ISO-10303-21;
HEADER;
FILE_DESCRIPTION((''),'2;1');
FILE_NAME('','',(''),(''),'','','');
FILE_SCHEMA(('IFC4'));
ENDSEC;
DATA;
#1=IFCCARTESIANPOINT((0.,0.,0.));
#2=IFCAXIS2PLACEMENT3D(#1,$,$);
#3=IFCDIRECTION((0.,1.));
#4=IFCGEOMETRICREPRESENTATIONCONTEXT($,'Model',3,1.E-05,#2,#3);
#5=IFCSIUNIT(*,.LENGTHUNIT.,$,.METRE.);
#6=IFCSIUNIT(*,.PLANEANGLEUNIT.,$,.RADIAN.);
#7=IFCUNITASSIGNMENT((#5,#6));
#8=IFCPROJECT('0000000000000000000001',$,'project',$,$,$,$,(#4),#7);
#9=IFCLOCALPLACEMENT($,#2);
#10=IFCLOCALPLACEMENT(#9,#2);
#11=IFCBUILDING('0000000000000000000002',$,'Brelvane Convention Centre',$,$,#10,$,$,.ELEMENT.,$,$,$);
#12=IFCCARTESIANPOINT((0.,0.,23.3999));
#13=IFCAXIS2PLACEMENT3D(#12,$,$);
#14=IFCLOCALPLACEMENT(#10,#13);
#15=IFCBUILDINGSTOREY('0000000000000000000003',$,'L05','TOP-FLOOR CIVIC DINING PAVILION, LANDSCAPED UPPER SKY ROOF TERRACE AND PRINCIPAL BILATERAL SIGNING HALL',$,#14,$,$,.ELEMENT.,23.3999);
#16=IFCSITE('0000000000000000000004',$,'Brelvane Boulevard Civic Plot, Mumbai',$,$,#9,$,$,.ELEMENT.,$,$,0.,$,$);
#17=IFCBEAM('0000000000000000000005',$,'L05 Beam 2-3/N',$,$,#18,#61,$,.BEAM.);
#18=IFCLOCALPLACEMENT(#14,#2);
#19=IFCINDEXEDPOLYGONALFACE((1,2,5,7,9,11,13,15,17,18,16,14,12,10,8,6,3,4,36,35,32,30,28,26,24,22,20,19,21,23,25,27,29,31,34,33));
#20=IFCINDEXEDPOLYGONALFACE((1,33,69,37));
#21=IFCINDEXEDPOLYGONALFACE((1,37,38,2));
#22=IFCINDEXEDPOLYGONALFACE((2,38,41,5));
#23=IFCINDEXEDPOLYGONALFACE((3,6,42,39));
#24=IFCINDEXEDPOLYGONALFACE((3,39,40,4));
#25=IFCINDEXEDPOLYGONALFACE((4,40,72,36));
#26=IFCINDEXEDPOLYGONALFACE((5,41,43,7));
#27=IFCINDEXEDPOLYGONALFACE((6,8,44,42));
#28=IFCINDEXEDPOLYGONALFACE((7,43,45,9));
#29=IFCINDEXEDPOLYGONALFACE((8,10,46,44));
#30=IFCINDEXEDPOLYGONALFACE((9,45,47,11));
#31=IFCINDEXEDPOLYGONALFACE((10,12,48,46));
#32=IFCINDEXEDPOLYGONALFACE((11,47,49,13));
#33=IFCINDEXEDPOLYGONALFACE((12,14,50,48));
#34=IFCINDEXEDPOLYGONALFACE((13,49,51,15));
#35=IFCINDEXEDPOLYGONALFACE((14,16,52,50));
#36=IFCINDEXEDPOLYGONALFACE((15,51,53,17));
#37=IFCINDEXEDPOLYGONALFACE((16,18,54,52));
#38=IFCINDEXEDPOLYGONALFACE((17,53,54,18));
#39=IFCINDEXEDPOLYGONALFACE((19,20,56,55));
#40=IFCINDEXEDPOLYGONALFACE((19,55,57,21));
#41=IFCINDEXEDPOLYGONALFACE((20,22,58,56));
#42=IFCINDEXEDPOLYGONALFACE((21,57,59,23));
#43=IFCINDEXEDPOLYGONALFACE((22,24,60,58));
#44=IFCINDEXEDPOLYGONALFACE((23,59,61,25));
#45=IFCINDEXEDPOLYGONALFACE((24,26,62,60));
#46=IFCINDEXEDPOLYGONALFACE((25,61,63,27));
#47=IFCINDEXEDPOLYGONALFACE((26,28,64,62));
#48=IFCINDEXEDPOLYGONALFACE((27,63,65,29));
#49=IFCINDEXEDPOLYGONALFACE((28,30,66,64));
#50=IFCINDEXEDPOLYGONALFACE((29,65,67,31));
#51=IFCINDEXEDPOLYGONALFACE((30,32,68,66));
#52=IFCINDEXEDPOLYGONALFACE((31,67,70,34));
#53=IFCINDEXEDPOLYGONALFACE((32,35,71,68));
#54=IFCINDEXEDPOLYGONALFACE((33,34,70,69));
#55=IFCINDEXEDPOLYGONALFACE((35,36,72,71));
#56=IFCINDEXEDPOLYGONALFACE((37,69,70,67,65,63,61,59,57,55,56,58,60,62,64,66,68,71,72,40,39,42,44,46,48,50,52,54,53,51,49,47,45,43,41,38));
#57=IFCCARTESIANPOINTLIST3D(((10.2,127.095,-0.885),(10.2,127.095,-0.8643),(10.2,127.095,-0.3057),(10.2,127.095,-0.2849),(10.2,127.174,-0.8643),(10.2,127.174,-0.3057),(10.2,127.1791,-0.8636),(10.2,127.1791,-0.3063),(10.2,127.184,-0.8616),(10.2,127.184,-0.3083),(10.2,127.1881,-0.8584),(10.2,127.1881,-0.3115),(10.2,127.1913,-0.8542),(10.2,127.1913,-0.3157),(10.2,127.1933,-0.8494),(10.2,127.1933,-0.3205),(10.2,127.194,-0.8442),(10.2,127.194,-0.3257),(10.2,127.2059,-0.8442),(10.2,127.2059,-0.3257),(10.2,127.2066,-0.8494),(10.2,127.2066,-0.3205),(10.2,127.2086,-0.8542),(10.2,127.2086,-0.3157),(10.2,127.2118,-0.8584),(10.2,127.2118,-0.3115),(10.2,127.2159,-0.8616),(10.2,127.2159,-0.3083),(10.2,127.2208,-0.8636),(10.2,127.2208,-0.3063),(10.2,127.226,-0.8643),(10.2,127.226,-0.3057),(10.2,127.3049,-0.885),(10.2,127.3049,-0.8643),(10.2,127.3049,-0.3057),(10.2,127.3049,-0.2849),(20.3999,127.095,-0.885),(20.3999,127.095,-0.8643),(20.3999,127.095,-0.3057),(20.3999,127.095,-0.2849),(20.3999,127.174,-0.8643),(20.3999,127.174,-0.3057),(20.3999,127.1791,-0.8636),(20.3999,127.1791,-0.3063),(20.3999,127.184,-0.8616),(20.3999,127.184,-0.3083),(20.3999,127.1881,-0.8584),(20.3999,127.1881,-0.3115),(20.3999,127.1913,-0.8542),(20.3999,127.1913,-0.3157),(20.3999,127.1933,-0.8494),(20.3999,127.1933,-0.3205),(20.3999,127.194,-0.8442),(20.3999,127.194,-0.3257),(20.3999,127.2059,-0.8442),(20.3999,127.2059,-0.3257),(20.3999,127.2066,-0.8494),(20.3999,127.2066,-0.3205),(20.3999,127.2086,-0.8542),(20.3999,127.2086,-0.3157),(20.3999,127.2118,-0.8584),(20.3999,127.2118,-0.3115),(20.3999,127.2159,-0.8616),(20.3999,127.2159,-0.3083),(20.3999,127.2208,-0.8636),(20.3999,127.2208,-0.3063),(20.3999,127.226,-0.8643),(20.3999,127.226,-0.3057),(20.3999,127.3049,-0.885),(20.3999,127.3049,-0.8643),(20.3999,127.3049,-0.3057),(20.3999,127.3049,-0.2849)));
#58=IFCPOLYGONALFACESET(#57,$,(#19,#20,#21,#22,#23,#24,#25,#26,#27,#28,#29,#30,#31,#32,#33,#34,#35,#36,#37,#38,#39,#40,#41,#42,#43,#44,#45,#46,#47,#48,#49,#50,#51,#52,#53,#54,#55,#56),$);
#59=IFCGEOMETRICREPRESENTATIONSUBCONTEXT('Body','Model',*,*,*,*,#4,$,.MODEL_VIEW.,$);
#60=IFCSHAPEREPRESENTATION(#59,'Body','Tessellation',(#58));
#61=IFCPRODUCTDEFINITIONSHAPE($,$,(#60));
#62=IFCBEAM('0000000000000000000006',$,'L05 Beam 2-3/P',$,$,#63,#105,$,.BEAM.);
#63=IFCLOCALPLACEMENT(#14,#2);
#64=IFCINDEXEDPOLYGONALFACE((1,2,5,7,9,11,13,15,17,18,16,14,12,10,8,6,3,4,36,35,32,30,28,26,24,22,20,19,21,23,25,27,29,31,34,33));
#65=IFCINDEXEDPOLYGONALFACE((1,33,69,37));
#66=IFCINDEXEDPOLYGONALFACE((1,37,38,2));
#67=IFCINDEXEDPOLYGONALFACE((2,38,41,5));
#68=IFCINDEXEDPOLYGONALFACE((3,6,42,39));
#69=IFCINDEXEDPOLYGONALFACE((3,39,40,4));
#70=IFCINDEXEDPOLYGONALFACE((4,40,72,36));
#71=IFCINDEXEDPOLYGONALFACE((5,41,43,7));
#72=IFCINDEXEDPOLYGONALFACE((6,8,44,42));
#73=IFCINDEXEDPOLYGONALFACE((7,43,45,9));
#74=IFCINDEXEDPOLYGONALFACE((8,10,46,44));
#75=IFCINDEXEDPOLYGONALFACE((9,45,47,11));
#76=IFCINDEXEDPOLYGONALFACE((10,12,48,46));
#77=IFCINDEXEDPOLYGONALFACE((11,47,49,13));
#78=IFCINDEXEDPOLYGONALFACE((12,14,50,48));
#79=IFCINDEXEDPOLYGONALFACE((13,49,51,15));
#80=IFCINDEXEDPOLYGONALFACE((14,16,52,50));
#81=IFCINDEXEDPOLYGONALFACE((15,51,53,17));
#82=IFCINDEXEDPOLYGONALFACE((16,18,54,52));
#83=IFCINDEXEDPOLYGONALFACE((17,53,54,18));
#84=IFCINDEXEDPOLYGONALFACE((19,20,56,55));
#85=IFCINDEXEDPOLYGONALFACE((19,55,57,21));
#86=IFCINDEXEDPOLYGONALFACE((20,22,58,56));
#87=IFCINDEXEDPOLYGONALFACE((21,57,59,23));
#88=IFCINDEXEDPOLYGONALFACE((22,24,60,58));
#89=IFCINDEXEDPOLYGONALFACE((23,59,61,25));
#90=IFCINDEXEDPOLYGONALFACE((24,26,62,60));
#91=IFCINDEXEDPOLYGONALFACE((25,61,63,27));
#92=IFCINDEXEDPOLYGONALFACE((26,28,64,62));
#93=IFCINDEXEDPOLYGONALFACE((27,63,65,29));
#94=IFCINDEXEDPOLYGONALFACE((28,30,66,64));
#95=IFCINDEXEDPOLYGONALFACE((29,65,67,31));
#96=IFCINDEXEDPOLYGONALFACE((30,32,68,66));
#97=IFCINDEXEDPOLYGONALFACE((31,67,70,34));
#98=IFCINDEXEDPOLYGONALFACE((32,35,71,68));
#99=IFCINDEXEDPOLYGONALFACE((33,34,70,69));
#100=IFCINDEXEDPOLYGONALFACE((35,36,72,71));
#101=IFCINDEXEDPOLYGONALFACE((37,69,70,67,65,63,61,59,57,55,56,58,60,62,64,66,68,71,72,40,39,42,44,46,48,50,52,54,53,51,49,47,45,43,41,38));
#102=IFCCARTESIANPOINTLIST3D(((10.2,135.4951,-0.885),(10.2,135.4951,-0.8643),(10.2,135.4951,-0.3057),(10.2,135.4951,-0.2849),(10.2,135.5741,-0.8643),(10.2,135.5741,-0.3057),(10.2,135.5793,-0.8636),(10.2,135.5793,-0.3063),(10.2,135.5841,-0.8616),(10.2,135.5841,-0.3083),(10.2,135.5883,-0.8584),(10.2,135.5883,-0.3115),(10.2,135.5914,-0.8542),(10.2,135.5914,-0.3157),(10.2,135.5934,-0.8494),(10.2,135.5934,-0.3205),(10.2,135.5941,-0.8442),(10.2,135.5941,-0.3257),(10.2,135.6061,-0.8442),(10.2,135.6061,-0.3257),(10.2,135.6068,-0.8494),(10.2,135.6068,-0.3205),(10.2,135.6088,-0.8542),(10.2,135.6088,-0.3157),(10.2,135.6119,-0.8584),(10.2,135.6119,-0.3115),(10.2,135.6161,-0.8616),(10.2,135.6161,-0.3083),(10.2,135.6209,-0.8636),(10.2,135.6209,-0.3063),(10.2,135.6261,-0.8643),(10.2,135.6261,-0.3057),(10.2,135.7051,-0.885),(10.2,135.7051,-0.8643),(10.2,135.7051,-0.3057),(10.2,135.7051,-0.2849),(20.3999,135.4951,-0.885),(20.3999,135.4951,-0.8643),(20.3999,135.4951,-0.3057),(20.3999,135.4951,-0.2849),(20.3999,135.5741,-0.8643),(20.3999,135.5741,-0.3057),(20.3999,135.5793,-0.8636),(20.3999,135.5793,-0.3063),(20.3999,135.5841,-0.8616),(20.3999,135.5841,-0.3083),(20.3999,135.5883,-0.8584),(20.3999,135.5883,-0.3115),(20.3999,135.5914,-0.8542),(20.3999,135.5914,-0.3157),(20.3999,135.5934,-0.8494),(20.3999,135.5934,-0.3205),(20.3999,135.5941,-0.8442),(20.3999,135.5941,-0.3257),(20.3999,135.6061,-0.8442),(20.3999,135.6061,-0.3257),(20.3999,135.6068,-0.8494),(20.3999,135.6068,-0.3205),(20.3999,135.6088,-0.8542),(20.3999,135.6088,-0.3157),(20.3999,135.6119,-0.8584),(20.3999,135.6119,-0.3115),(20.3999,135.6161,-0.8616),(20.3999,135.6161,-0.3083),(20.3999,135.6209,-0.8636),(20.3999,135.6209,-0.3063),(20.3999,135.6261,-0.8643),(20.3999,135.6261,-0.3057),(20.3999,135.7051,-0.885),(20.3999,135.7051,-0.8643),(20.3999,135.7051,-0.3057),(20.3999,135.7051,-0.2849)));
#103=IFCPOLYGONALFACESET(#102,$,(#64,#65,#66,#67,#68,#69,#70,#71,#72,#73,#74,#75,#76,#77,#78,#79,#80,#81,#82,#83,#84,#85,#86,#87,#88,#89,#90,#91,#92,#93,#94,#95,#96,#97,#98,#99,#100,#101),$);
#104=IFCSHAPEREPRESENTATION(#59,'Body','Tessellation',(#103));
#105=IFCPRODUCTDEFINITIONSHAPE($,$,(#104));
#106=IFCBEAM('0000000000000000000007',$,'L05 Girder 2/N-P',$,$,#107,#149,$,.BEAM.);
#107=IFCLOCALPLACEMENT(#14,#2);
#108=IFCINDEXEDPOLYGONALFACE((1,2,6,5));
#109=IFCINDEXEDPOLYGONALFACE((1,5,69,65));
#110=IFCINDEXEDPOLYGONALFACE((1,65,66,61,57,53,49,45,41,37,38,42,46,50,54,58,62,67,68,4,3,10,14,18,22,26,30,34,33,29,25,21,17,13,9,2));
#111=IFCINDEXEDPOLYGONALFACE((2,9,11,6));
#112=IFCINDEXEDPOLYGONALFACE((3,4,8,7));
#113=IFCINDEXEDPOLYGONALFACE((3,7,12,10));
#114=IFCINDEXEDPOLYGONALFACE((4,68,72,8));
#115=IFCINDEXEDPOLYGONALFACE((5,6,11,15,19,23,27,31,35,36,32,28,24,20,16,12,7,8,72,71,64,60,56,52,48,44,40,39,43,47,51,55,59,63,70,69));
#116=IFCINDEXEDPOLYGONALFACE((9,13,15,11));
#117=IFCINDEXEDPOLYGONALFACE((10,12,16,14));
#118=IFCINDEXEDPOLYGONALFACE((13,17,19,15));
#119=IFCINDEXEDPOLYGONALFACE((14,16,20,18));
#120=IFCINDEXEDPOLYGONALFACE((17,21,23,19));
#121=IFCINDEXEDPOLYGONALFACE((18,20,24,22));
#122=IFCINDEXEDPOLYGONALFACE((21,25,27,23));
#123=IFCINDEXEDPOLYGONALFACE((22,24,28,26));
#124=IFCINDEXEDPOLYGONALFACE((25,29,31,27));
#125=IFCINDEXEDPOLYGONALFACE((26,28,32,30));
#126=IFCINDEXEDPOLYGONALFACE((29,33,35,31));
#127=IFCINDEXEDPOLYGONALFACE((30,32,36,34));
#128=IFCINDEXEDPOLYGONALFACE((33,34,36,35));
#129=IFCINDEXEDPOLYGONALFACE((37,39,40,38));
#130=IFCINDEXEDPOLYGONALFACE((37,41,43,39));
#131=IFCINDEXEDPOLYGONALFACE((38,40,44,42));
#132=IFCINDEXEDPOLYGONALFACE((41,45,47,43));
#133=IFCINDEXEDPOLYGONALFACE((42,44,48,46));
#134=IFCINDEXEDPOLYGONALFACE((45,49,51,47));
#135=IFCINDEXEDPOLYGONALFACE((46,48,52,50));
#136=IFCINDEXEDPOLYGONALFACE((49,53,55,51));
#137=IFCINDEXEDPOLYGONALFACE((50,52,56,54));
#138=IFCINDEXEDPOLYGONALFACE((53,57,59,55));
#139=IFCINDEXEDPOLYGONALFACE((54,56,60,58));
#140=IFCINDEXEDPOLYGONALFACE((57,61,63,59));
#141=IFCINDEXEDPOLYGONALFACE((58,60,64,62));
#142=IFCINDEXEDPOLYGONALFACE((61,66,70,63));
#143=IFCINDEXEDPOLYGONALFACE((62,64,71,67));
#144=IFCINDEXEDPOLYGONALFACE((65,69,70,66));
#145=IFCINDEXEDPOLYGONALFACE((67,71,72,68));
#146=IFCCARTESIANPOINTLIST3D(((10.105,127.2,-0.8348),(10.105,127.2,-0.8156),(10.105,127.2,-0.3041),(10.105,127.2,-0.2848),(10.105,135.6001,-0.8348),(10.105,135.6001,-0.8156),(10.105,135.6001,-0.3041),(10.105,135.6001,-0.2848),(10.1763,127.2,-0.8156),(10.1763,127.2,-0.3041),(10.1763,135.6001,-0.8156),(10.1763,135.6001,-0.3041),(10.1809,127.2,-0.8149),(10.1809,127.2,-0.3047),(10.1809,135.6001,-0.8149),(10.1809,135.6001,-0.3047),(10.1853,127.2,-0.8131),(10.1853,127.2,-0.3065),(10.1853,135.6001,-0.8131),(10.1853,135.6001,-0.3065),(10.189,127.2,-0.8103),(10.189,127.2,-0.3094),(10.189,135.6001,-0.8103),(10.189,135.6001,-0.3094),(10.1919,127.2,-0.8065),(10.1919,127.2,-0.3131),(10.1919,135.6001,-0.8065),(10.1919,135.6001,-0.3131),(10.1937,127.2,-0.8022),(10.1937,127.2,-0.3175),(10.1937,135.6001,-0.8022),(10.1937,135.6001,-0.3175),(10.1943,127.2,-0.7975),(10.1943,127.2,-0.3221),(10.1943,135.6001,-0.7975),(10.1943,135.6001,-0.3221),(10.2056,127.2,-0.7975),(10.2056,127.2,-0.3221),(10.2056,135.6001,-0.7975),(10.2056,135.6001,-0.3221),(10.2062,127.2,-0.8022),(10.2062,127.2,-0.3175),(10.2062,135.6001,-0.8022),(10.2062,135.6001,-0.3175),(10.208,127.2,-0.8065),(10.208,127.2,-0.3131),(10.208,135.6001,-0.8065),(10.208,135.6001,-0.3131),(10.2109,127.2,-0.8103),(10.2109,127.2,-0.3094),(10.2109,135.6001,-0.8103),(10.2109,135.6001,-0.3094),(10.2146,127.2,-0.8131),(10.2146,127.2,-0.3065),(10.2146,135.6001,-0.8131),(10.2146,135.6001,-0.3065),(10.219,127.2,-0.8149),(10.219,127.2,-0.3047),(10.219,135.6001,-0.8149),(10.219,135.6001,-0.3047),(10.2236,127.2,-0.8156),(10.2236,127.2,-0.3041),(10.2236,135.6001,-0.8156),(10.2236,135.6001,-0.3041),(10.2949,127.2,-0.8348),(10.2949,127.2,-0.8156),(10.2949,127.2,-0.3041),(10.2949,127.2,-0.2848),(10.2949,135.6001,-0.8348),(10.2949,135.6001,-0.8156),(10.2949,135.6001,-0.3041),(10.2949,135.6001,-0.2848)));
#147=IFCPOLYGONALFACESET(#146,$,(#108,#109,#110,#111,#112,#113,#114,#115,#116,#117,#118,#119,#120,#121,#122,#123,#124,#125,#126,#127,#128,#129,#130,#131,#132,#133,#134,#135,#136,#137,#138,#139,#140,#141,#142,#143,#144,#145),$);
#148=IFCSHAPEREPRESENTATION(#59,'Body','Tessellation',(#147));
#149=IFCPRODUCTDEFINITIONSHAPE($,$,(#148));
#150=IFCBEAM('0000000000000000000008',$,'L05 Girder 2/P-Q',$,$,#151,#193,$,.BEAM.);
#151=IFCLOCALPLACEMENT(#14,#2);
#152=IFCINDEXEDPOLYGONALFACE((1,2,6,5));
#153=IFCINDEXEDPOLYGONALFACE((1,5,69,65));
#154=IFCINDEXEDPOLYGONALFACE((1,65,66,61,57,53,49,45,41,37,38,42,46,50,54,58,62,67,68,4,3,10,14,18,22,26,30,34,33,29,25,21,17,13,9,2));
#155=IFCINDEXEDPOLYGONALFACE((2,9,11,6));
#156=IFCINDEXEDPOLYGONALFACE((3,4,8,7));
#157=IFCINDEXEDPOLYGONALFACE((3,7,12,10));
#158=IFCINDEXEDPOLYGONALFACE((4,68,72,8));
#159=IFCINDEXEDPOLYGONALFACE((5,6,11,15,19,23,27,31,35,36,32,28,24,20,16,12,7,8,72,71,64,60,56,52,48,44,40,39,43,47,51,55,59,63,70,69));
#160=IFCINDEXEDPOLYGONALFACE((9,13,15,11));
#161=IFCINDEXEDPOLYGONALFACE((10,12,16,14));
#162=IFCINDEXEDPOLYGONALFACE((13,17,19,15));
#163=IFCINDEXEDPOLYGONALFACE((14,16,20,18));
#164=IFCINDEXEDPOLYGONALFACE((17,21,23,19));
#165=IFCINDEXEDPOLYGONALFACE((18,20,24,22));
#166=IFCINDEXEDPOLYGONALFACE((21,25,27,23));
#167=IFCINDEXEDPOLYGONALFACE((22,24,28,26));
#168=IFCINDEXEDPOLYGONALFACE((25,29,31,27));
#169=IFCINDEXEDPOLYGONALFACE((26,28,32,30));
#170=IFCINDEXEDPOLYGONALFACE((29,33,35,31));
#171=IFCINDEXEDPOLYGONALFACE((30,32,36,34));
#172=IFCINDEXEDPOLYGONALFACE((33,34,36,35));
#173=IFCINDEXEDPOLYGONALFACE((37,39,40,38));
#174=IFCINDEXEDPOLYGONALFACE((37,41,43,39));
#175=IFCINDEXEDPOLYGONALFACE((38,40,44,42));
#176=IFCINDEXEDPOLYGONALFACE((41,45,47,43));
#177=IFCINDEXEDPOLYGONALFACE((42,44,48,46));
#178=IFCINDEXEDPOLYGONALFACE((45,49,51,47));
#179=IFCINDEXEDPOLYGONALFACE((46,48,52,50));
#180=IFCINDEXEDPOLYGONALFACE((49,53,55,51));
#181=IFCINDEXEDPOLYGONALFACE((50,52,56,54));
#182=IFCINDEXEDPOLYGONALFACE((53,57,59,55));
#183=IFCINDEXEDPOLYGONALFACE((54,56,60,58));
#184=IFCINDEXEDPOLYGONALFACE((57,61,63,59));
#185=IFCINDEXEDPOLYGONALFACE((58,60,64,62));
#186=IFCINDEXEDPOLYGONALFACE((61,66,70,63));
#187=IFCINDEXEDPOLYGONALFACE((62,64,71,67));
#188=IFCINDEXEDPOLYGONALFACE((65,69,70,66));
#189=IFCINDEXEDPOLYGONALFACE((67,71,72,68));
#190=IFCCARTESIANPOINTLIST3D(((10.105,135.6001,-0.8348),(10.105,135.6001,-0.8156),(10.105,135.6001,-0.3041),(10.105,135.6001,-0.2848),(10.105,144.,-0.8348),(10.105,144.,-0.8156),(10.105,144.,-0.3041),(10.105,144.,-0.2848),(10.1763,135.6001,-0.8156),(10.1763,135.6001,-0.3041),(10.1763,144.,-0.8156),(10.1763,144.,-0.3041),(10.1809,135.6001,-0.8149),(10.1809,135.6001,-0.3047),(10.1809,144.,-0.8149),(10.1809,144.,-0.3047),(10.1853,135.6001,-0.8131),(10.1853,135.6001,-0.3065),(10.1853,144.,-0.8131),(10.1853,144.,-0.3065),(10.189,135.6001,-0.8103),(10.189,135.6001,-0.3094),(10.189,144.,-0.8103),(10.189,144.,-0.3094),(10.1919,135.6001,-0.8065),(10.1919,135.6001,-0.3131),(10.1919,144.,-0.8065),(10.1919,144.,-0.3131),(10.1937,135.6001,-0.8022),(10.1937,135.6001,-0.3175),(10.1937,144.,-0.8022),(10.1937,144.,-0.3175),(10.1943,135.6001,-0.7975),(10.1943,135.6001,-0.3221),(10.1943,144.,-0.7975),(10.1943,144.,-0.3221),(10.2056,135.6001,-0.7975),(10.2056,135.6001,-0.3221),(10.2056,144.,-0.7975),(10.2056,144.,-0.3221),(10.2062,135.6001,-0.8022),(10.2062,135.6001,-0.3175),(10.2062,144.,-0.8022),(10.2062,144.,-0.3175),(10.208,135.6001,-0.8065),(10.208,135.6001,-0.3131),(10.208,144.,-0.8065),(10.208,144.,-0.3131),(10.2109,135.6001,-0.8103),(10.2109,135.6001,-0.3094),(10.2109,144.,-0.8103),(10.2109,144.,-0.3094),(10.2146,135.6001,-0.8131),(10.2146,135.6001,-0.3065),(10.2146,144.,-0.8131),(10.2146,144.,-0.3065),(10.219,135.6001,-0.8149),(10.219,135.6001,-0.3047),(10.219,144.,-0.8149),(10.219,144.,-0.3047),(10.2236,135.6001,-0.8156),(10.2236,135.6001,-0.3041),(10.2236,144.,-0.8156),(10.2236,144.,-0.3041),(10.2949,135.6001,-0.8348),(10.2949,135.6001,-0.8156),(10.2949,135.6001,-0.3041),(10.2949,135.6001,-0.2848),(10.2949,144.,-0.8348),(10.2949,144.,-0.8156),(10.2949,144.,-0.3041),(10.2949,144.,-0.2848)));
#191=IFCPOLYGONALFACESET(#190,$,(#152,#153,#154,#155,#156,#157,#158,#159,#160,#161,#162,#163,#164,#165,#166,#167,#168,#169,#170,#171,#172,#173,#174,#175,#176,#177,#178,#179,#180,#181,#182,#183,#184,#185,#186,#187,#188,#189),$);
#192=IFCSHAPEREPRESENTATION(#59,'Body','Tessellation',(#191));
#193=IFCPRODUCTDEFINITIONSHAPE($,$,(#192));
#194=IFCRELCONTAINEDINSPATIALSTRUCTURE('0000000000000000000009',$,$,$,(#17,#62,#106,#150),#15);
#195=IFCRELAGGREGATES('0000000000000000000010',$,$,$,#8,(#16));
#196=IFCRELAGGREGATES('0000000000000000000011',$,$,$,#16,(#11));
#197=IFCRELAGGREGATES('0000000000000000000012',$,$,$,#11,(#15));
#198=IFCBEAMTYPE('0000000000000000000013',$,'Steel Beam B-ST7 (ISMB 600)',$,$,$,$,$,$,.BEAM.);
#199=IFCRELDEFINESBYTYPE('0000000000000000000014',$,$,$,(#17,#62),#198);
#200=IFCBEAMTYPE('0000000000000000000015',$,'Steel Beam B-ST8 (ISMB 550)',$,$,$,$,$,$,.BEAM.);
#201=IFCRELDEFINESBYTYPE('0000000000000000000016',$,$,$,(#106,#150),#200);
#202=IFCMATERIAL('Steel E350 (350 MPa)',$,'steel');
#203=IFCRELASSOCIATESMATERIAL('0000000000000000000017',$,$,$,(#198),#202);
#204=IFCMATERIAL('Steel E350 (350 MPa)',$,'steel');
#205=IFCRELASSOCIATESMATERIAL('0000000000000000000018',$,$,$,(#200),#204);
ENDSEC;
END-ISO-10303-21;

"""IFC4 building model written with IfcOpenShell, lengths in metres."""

from ifc_helpers import new_model, si_unit, direction, frame, origin, origin_2d, place, context, subcontext, project, spatial, i_section, extrude, material, material_profile, profile_set, type_object, element, save


model = new_model("IFC4")

# Units and contexts
model_context = context("Model", 3, precision=1e-05, world=origin(), true_north=direction((0.0, 1.0)))
body_context = subcontext(model_context, "Body", "Model", "MODEL_VIEW")
ifc_project = project(units=[si_unit("LENGTHUNIT", "METRE"), si_unit("PLANEANGLEUNIT", "RADIAN")], contexts=[model_context])

# Site, building, storey
site_placement = place(None, origin())
site = spatial("IfcSite", under=ifc_project, at=site_placement, Name="Brelvane Boulevard Civic Plot, Mumbai", CompositionType="ELEMENT", RefElevation=0.0)
building_placement = place(site_placement, origin())
building = spatial("IfcBuilding", under=site, at=building_placement, Name="Brelvane Convention Centre", CompositionType="ELEMENT")
storey_placement = place(building_placement, frame((0.0, 0.0, 23.3999)))
storey = spatial("IfcBuildingStorey", under=building, at=storey_placement, Name="L05", Description="TOP-FLOOR CIVIC DINING PAVILION, LANDSCAPED UPPER SKY ROOF TERRACE AND PRINCIPAL BILATERAL SIGNING HALL", CompositionType="ELEMENT", Elevation=23.3999)

# Beams
ifc_material_1 = material(Name="Steel E350 (350 MPa)", Category="steel")
ifc_material_profile_1 = material_profile(ifc_material_1, i_section(OverallWidth=0.21, OverallDepth=0.6001, WebThickness=0.012, FlangeThickness=0.0208, FilletRadius=0.02, at=origin_2d()), Name="ISMB 600")
ifc_profile_set_1 = profile_set([ifc_material_profile_1], Name="Steel E350 (350 MPa)")
beam_type_1 = type_object("IfcBeamType", Name="Steel Beam B-ST7 (ISMB 600)", PredefinedType="BEAM", material=ifc_profile_set_1)
for number, where, z_axis, x_axis, name in (
    (1, (10.2, 127.2, -0.585), (1.0, 0.0, 0.0), (0.0, 1.0, 0.0), "L05 Beam 2-3/N"),
    (2, (10.2, 135.6001, -0.585), (1.0, 0.0, 0.0), (0.0, 1.0, 0.0), "L05 Beam 2-3/P"),
):
    element("IfcBeam", number, at=place(storey_placement, frame(where, z_axis=z_axis, x_axis=x_axis)), inside=storey, type_object=beam_type_1, Name=name, PredefinedType="BEAM", context=body_context, shape_type="SweptSolid", body=[
        extrude(i_section(OverallWidth=0.21, OverallDepth=0.6001, WebThickness=0.012, FlangeThickness=0.0208, FilletRadius=0.02, at=origin_2d()), origin(), (0.0, 0.0, 1.0), 10.2),
    ])
ifc_material_2 = material(Name="Steel E350 (350 MPa)", Category="steel")
ifc_material_profile_2 = material_profile(ifc_material_2, i_section(OverallWidth=0.1899, OverallDepth=0.55, WebThickness=0.0112, FlangeThickness=0.0193, FilletRadius=0.0181, at=origin_2d()), Name="ISMB 550")
ifc_profile_set_2 = profile_set([ifc_material_profile_2], Name="Steel E350 (350 MPa)")
beam_type_2 = type_object("IfcBeamType", Name="Steel Beam B-ST8 (ISMB 550)", PredefinedType="BEAM", material=ifc_profile_set_2)
beam_1_placement = place(storey_placement, frame((10.2, 127.2, -0.5598), z_axis=(0.0, 1.0, 0.0), x_axis=(-1.0, 0.0, 0.0)))
element("IfcBeam", 3, at=beam_1_placement, inside=storey, type_object=beam_type_2, Name="L05 Girder 2/N-P", PredefinedType="BEAM", context=body_context, shape_type="SweptSolid", body=[
    extrude(i_section(OverallWidth=0.1899, OverallDepth=0.55, WebThickness=0.0112, FlangeThickness=0.0193, FilletRadius=0.0181, at=origin_2d()), origin(), (0.0, 0.0, 1.0), 8.4001),
])
beam_2_placement = place(storey_placement, frame((10.2, 135.6001, -0.5598), z_axis=(0.0, 1.0, 0.0), x_axis=(-1.0, 0.0, 0.0)))
element("IfcBeam", 4, at=beam_2_placement, inside=storey, type_object=beam_type_2, Name="L05 Girder 2/P-Q", PredefinedType="BEAM", context=body_context, shape_type="SweptSolid", body=[
    extrude(i_section(OverallWidth=0.1899, OverallDepth=0.55, WebThickness=0.0112, FlangeThickness=0.0193, FilletRadius=0.0181, at=origin_2d()), origin(), (0.0, 0.0, 1.0), 8.3999),
])

save(model, "model.ifc")
